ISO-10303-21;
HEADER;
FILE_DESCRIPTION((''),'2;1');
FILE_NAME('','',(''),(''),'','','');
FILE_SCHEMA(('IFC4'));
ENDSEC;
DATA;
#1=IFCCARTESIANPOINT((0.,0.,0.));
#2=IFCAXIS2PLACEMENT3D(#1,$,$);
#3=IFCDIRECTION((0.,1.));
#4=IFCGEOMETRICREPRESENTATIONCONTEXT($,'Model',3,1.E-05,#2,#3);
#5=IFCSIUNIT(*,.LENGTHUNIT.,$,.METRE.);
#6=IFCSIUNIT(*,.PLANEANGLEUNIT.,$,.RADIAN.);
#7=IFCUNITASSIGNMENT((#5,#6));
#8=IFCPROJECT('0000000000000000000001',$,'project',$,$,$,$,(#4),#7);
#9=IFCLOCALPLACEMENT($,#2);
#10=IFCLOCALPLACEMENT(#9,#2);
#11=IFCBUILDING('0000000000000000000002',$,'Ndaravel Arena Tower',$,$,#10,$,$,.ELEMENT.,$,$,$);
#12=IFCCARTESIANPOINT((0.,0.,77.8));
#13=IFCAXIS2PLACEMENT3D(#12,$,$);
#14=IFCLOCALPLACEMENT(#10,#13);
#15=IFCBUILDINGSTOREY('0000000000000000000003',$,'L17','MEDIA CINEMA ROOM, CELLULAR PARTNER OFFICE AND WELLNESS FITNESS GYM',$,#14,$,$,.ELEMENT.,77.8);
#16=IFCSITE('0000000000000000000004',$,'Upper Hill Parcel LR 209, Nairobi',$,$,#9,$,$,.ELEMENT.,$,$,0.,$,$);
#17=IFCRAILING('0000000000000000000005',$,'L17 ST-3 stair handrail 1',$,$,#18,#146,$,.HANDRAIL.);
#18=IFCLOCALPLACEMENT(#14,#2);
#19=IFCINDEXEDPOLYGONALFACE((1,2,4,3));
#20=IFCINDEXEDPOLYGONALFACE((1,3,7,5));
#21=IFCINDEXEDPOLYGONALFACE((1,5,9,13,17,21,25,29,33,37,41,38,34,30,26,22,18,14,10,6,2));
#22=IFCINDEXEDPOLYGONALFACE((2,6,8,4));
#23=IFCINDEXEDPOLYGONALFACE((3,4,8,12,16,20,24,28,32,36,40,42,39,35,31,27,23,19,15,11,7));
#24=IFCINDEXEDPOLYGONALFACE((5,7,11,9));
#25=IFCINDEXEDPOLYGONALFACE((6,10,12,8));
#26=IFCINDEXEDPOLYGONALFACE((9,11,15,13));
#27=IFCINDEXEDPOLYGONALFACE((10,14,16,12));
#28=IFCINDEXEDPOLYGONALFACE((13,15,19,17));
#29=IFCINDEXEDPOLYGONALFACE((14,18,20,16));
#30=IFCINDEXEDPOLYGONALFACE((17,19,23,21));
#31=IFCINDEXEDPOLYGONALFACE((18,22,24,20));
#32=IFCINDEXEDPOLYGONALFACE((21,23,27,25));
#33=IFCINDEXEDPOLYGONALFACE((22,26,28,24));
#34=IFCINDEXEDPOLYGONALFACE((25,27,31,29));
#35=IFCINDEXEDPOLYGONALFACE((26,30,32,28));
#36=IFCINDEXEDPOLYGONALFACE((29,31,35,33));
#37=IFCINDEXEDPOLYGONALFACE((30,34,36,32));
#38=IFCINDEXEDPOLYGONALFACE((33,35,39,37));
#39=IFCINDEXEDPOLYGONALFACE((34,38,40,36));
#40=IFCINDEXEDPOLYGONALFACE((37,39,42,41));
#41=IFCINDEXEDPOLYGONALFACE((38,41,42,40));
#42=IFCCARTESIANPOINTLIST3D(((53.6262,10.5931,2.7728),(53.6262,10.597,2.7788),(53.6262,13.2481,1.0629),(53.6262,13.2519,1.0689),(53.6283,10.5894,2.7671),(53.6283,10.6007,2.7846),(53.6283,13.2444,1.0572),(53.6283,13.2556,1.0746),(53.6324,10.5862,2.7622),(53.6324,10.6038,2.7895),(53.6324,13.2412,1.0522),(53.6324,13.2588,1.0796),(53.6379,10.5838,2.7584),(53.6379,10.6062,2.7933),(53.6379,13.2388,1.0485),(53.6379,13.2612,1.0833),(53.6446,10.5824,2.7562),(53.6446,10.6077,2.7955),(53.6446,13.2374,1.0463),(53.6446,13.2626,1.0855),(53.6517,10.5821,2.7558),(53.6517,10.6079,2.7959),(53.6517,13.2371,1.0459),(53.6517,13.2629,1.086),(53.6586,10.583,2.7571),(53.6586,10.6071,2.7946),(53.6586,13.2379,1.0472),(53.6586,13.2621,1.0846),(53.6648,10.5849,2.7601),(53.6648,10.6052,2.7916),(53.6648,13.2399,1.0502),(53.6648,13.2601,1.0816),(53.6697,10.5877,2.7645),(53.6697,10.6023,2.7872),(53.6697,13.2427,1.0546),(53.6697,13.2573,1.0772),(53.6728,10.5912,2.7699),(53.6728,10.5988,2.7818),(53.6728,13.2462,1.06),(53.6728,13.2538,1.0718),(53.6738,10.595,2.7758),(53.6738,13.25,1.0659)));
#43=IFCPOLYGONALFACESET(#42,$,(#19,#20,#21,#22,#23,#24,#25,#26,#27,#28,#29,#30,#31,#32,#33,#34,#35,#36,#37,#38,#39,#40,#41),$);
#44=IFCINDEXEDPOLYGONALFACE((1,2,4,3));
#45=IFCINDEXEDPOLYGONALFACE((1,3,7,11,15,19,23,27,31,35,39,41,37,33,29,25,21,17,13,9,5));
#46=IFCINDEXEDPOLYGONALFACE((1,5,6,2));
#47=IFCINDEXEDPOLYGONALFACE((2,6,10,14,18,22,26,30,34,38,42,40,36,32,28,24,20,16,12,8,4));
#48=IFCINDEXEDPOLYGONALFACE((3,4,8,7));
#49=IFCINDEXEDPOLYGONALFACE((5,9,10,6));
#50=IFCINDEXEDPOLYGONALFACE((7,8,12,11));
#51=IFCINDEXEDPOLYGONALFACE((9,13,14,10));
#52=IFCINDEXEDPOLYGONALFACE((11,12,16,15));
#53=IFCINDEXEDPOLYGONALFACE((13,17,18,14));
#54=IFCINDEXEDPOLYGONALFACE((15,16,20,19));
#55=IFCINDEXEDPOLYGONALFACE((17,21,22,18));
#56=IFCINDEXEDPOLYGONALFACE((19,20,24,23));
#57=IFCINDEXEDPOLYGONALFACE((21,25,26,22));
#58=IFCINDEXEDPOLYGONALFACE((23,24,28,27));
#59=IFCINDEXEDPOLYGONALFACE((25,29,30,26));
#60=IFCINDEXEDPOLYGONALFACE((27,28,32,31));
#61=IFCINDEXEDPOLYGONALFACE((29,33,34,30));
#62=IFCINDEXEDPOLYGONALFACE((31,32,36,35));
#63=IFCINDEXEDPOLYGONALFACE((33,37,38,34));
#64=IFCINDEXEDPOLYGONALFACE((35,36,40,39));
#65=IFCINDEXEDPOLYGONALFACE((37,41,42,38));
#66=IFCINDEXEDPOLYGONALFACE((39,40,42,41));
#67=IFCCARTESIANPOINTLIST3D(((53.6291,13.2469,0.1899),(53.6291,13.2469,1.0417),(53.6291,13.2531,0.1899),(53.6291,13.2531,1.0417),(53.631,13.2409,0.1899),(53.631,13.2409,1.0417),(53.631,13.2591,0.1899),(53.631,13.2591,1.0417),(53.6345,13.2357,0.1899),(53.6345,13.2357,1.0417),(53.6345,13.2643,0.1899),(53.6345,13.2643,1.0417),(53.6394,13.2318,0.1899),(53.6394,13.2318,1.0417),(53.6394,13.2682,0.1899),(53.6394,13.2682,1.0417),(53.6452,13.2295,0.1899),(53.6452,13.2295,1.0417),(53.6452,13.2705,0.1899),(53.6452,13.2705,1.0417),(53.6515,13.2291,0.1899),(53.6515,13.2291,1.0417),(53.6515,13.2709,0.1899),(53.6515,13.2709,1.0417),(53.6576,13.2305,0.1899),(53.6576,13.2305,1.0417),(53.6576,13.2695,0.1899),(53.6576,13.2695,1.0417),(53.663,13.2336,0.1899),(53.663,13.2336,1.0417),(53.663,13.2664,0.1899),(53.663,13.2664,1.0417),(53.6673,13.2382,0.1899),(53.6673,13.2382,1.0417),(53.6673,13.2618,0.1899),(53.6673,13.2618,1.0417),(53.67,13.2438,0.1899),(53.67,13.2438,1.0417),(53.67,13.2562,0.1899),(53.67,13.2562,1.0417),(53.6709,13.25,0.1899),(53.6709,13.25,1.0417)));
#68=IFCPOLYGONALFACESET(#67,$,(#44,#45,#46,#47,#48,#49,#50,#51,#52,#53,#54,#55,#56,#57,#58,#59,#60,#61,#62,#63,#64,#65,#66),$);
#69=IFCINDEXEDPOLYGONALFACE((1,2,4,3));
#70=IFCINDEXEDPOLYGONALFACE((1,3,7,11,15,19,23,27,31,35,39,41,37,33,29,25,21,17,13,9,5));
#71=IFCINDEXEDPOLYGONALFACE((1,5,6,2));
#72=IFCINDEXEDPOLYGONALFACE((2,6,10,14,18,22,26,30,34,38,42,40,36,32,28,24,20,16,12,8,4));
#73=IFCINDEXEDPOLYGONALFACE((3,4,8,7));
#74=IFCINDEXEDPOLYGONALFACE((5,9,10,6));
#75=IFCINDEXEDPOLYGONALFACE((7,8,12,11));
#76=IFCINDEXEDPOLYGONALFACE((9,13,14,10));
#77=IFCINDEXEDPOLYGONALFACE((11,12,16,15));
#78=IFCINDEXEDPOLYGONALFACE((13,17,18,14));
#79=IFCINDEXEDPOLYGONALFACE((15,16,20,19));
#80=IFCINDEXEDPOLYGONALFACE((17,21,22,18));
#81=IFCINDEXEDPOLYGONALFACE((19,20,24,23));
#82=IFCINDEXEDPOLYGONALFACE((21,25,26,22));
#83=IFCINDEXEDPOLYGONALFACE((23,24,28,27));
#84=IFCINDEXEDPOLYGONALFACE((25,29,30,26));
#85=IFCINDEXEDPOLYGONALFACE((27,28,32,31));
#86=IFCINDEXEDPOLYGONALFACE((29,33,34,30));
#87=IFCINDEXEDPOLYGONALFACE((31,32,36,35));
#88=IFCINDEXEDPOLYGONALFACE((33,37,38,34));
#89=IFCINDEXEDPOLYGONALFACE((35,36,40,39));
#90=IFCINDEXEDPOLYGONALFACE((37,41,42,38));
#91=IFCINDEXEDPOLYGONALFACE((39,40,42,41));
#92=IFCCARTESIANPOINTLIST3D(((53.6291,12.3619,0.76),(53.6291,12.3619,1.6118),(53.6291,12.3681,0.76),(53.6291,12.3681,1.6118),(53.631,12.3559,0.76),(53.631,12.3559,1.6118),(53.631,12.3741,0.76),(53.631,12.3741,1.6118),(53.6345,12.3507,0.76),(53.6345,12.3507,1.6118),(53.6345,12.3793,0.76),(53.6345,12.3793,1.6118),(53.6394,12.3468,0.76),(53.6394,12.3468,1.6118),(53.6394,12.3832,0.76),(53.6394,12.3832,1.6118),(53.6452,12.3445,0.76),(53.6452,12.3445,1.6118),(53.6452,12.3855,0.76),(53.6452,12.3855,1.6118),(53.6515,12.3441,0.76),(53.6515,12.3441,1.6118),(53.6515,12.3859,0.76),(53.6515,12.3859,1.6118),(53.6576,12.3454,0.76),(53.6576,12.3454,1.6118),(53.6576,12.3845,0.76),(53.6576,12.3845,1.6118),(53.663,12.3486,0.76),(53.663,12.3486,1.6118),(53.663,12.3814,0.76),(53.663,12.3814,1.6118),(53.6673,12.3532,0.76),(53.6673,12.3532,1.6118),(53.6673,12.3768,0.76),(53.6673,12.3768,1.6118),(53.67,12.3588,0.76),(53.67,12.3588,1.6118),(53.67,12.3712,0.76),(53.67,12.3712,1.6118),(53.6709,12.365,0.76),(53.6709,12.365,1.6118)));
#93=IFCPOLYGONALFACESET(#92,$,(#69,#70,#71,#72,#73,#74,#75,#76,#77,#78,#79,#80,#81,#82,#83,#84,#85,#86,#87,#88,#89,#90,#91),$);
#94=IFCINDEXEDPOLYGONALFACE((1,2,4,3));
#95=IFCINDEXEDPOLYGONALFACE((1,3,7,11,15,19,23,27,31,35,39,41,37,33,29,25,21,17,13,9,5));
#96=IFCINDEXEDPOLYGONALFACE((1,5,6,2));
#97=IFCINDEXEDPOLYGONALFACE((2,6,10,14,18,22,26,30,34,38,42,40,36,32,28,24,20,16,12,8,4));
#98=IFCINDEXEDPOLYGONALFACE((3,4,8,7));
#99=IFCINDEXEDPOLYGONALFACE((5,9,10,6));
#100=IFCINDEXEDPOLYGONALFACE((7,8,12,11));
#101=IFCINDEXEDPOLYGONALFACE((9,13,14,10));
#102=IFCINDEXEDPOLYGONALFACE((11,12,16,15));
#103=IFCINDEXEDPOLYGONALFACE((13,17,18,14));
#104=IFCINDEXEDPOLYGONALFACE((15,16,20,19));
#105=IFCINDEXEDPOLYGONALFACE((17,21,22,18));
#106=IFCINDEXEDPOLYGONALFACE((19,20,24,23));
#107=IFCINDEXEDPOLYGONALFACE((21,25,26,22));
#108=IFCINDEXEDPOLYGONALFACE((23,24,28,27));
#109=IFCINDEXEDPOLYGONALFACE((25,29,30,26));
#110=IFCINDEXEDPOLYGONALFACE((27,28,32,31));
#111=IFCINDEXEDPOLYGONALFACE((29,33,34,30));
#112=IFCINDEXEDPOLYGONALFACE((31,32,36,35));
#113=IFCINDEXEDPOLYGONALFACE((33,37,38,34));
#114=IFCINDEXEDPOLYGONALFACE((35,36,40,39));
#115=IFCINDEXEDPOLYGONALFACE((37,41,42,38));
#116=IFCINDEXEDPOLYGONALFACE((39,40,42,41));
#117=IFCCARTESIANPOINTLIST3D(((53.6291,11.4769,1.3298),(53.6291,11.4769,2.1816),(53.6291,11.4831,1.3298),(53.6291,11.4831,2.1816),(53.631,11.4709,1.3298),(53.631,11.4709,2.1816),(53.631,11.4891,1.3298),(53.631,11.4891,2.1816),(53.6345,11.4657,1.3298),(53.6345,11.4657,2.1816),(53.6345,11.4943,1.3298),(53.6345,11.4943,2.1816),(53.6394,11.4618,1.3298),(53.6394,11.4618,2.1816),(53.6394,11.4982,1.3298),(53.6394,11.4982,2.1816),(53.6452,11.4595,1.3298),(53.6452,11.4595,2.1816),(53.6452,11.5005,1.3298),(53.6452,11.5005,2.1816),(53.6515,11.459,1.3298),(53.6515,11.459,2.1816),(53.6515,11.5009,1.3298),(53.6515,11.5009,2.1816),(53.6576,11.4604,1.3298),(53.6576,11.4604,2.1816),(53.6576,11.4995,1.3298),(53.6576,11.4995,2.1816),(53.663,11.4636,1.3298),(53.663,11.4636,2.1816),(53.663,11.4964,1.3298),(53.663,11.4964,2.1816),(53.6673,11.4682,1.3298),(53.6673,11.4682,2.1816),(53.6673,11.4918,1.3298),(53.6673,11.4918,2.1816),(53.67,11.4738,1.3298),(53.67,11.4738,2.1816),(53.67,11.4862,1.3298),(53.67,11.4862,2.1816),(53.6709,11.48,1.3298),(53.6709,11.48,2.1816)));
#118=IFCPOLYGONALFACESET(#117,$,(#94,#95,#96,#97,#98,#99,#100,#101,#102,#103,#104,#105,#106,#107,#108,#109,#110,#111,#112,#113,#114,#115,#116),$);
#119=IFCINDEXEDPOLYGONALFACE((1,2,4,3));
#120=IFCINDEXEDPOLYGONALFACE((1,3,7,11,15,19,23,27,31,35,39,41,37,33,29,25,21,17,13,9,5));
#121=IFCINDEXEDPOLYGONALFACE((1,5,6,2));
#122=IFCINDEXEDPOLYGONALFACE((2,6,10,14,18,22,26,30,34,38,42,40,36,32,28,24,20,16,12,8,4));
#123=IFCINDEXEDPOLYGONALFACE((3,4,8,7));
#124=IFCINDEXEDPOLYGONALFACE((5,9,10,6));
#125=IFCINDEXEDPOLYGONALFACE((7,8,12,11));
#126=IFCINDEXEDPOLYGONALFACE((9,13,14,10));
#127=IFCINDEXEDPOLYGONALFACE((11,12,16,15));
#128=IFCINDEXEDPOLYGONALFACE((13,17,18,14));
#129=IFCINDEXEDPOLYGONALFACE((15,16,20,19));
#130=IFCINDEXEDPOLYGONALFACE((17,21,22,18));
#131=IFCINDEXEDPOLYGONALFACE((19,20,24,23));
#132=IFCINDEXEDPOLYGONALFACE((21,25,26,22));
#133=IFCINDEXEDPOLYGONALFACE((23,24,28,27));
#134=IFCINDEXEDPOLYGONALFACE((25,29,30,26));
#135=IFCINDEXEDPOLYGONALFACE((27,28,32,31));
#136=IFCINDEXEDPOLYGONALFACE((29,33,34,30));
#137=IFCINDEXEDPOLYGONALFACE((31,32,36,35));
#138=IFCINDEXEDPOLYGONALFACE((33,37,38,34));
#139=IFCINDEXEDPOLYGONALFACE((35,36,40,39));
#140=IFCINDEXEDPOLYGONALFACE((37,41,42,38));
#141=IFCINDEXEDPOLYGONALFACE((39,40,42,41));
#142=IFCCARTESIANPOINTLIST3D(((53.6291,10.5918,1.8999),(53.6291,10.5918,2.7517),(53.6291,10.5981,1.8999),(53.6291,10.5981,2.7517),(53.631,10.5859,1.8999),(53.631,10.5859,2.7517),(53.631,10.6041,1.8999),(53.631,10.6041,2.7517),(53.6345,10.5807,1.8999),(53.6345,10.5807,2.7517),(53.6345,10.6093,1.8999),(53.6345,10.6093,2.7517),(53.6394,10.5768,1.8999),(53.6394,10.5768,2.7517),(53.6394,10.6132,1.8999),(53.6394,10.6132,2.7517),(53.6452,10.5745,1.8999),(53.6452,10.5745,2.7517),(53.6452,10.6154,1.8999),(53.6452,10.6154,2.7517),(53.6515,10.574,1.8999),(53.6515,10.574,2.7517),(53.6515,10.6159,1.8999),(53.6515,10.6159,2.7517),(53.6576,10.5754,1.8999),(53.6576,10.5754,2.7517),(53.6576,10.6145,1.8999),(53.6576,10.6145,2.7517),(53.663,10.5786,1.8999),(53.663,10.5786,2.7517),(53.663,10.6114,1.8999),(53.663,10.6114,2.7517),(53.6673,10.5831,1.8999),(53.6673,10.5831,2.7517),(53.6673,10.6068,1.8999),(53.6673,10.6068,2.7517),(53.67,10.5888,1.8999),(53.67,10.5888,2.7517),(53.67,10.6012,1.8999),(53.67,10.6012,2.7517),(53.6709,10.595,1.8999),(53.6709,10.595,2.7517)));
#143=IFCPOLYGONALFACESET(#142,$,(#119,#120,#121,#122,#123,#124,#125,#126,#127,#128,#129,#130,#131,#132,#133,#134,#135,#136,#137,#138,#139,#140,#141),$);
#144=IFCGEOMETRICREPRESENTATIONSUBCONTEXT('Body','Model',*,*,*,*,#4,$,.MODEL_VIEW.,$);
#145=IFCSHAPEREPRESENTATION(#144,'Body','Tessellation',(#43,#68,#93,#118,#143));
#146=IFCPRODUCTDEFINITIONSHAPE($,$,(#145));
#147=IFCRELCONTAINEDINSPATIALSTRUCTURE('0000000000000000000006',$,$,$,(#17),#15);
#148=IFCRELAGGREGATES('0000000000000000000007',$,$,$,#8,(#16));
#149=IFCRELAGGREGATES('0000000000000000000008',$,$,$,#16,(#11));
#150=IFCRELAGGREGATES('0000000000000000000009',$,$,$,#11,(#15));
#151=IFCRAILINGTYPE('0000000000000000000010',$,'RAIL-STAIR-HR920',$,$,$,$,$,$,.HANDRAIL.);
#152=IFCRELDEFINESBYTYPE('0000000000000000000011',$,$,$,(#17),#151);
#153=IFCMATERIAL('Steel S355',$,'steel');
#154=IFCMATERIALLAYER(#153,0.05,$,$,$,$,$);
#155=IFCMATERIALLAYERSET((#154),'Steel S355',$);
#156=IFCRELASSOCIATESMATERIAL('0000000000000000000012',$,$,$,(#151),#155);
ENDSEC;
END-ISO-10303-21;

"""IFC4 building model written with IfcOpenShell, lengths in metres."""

from ifc_helpers import new_model, si_unit, direction, frame, origin, origin_2d, place, context, subcontext, project, spatial, circle, extrude, material, layer, layer_set, type_object, element, save


model = new_model("IFC4")

# Units and contexts
model_context = context("Model", 3, precision=1e-05, world=origin(), true_north=direction((0.0, 1.0)))
body_context = subcontext(model_context, "Body", "Model", "MODEL_VIEW")
ifc_project = project(units=[si_unit("LENGTHUNIT", "METRE"), si_unit("PLANEANGLEUNIT", "RADIAN")], contexts=[model_context])

# Site, building, storey
site_placement = place(None, origin())
site = spatial("IfcSite", under=ifc_project, at=site_placement, Name="Upper Hill Parcel LR 209, Nairobi", CompositionType="ELEMENT", RefElevation=0.0)
building_placement = place(site_placement, origin())
building = spatial("IfcBuilding", under=site, at=building_placement, Name="Ndaravel Arena Tower", CompositionType="ELEMENT")
storey_placement = place(building_placement, frame((0.0, 0.0, 77.8)))
storey = spatial("IfcBuildingStorey", under=building, at=storey_placement, Name="L17", Description="MEDIA CINEMA ROOM, CELLULAR PARTNER OFFICE AND WELLNESS FITNESS GYM", CompositionType="ELEMENT", Elevation=77.8)

# Railing
ifc_material_1 = material(Name="Steel S355", Category="steel")
ifc_layer_1 = layer(ifc_material_1, 0.05)
ifc_layer_set_1 = layer_set([ifc_layer_1], Name="Steel S355")
railing_type_1 = type_object("IfcRailingType", Name="RAIL-STAIR-HR920", PredefinedType="HANDRAIL", material=ifc_layer_set_1)
railing_1_placement = place(storey_placement, frame((53.6499, 13.25, 0.1899)))
element("IfcRailing", 1, at=railing_1_placement, inside=storey, type_object=railing_type_1, Name="L17 ST-3 stair handrail 1", PredefinedType="HANDRAIL", context=body_context, shape_type="SweptSolid", body=[
    extrude(circle(Radius=0.0239, at=origin_2d()), frame((0.0, 0.0, 0.876), z_axis=(0.0, -0.840724, 0.541465), x_axis=(1.0, 0.0, 0.0)), (0.0, 0.0, 1.0), 3.158),
    extrude(circle(Radius=0.021, at=origin_2d()), origin(), (0.0, 0.0, 1.0), 0.8518),
    extrude(circle(Radius=0.021, at=origin_2d()), frame((0.0, -0.885, 0.5701)), (0.0, 0.0, 1.0), 0.8518),
    extrude(circle(Radius=0.021, at=origin_2d()), frame((0.0, -1.77, 1.1399)), (0.0, 0.0, 1.0), 0.8518),
    extrude(circle(Radius=0.021, at=origin_2d()), frame((0.0, -2.655, 1.71)), (0.0, 0.0, 1.0), 0.8518),
])

save(model, "model.ifc")
